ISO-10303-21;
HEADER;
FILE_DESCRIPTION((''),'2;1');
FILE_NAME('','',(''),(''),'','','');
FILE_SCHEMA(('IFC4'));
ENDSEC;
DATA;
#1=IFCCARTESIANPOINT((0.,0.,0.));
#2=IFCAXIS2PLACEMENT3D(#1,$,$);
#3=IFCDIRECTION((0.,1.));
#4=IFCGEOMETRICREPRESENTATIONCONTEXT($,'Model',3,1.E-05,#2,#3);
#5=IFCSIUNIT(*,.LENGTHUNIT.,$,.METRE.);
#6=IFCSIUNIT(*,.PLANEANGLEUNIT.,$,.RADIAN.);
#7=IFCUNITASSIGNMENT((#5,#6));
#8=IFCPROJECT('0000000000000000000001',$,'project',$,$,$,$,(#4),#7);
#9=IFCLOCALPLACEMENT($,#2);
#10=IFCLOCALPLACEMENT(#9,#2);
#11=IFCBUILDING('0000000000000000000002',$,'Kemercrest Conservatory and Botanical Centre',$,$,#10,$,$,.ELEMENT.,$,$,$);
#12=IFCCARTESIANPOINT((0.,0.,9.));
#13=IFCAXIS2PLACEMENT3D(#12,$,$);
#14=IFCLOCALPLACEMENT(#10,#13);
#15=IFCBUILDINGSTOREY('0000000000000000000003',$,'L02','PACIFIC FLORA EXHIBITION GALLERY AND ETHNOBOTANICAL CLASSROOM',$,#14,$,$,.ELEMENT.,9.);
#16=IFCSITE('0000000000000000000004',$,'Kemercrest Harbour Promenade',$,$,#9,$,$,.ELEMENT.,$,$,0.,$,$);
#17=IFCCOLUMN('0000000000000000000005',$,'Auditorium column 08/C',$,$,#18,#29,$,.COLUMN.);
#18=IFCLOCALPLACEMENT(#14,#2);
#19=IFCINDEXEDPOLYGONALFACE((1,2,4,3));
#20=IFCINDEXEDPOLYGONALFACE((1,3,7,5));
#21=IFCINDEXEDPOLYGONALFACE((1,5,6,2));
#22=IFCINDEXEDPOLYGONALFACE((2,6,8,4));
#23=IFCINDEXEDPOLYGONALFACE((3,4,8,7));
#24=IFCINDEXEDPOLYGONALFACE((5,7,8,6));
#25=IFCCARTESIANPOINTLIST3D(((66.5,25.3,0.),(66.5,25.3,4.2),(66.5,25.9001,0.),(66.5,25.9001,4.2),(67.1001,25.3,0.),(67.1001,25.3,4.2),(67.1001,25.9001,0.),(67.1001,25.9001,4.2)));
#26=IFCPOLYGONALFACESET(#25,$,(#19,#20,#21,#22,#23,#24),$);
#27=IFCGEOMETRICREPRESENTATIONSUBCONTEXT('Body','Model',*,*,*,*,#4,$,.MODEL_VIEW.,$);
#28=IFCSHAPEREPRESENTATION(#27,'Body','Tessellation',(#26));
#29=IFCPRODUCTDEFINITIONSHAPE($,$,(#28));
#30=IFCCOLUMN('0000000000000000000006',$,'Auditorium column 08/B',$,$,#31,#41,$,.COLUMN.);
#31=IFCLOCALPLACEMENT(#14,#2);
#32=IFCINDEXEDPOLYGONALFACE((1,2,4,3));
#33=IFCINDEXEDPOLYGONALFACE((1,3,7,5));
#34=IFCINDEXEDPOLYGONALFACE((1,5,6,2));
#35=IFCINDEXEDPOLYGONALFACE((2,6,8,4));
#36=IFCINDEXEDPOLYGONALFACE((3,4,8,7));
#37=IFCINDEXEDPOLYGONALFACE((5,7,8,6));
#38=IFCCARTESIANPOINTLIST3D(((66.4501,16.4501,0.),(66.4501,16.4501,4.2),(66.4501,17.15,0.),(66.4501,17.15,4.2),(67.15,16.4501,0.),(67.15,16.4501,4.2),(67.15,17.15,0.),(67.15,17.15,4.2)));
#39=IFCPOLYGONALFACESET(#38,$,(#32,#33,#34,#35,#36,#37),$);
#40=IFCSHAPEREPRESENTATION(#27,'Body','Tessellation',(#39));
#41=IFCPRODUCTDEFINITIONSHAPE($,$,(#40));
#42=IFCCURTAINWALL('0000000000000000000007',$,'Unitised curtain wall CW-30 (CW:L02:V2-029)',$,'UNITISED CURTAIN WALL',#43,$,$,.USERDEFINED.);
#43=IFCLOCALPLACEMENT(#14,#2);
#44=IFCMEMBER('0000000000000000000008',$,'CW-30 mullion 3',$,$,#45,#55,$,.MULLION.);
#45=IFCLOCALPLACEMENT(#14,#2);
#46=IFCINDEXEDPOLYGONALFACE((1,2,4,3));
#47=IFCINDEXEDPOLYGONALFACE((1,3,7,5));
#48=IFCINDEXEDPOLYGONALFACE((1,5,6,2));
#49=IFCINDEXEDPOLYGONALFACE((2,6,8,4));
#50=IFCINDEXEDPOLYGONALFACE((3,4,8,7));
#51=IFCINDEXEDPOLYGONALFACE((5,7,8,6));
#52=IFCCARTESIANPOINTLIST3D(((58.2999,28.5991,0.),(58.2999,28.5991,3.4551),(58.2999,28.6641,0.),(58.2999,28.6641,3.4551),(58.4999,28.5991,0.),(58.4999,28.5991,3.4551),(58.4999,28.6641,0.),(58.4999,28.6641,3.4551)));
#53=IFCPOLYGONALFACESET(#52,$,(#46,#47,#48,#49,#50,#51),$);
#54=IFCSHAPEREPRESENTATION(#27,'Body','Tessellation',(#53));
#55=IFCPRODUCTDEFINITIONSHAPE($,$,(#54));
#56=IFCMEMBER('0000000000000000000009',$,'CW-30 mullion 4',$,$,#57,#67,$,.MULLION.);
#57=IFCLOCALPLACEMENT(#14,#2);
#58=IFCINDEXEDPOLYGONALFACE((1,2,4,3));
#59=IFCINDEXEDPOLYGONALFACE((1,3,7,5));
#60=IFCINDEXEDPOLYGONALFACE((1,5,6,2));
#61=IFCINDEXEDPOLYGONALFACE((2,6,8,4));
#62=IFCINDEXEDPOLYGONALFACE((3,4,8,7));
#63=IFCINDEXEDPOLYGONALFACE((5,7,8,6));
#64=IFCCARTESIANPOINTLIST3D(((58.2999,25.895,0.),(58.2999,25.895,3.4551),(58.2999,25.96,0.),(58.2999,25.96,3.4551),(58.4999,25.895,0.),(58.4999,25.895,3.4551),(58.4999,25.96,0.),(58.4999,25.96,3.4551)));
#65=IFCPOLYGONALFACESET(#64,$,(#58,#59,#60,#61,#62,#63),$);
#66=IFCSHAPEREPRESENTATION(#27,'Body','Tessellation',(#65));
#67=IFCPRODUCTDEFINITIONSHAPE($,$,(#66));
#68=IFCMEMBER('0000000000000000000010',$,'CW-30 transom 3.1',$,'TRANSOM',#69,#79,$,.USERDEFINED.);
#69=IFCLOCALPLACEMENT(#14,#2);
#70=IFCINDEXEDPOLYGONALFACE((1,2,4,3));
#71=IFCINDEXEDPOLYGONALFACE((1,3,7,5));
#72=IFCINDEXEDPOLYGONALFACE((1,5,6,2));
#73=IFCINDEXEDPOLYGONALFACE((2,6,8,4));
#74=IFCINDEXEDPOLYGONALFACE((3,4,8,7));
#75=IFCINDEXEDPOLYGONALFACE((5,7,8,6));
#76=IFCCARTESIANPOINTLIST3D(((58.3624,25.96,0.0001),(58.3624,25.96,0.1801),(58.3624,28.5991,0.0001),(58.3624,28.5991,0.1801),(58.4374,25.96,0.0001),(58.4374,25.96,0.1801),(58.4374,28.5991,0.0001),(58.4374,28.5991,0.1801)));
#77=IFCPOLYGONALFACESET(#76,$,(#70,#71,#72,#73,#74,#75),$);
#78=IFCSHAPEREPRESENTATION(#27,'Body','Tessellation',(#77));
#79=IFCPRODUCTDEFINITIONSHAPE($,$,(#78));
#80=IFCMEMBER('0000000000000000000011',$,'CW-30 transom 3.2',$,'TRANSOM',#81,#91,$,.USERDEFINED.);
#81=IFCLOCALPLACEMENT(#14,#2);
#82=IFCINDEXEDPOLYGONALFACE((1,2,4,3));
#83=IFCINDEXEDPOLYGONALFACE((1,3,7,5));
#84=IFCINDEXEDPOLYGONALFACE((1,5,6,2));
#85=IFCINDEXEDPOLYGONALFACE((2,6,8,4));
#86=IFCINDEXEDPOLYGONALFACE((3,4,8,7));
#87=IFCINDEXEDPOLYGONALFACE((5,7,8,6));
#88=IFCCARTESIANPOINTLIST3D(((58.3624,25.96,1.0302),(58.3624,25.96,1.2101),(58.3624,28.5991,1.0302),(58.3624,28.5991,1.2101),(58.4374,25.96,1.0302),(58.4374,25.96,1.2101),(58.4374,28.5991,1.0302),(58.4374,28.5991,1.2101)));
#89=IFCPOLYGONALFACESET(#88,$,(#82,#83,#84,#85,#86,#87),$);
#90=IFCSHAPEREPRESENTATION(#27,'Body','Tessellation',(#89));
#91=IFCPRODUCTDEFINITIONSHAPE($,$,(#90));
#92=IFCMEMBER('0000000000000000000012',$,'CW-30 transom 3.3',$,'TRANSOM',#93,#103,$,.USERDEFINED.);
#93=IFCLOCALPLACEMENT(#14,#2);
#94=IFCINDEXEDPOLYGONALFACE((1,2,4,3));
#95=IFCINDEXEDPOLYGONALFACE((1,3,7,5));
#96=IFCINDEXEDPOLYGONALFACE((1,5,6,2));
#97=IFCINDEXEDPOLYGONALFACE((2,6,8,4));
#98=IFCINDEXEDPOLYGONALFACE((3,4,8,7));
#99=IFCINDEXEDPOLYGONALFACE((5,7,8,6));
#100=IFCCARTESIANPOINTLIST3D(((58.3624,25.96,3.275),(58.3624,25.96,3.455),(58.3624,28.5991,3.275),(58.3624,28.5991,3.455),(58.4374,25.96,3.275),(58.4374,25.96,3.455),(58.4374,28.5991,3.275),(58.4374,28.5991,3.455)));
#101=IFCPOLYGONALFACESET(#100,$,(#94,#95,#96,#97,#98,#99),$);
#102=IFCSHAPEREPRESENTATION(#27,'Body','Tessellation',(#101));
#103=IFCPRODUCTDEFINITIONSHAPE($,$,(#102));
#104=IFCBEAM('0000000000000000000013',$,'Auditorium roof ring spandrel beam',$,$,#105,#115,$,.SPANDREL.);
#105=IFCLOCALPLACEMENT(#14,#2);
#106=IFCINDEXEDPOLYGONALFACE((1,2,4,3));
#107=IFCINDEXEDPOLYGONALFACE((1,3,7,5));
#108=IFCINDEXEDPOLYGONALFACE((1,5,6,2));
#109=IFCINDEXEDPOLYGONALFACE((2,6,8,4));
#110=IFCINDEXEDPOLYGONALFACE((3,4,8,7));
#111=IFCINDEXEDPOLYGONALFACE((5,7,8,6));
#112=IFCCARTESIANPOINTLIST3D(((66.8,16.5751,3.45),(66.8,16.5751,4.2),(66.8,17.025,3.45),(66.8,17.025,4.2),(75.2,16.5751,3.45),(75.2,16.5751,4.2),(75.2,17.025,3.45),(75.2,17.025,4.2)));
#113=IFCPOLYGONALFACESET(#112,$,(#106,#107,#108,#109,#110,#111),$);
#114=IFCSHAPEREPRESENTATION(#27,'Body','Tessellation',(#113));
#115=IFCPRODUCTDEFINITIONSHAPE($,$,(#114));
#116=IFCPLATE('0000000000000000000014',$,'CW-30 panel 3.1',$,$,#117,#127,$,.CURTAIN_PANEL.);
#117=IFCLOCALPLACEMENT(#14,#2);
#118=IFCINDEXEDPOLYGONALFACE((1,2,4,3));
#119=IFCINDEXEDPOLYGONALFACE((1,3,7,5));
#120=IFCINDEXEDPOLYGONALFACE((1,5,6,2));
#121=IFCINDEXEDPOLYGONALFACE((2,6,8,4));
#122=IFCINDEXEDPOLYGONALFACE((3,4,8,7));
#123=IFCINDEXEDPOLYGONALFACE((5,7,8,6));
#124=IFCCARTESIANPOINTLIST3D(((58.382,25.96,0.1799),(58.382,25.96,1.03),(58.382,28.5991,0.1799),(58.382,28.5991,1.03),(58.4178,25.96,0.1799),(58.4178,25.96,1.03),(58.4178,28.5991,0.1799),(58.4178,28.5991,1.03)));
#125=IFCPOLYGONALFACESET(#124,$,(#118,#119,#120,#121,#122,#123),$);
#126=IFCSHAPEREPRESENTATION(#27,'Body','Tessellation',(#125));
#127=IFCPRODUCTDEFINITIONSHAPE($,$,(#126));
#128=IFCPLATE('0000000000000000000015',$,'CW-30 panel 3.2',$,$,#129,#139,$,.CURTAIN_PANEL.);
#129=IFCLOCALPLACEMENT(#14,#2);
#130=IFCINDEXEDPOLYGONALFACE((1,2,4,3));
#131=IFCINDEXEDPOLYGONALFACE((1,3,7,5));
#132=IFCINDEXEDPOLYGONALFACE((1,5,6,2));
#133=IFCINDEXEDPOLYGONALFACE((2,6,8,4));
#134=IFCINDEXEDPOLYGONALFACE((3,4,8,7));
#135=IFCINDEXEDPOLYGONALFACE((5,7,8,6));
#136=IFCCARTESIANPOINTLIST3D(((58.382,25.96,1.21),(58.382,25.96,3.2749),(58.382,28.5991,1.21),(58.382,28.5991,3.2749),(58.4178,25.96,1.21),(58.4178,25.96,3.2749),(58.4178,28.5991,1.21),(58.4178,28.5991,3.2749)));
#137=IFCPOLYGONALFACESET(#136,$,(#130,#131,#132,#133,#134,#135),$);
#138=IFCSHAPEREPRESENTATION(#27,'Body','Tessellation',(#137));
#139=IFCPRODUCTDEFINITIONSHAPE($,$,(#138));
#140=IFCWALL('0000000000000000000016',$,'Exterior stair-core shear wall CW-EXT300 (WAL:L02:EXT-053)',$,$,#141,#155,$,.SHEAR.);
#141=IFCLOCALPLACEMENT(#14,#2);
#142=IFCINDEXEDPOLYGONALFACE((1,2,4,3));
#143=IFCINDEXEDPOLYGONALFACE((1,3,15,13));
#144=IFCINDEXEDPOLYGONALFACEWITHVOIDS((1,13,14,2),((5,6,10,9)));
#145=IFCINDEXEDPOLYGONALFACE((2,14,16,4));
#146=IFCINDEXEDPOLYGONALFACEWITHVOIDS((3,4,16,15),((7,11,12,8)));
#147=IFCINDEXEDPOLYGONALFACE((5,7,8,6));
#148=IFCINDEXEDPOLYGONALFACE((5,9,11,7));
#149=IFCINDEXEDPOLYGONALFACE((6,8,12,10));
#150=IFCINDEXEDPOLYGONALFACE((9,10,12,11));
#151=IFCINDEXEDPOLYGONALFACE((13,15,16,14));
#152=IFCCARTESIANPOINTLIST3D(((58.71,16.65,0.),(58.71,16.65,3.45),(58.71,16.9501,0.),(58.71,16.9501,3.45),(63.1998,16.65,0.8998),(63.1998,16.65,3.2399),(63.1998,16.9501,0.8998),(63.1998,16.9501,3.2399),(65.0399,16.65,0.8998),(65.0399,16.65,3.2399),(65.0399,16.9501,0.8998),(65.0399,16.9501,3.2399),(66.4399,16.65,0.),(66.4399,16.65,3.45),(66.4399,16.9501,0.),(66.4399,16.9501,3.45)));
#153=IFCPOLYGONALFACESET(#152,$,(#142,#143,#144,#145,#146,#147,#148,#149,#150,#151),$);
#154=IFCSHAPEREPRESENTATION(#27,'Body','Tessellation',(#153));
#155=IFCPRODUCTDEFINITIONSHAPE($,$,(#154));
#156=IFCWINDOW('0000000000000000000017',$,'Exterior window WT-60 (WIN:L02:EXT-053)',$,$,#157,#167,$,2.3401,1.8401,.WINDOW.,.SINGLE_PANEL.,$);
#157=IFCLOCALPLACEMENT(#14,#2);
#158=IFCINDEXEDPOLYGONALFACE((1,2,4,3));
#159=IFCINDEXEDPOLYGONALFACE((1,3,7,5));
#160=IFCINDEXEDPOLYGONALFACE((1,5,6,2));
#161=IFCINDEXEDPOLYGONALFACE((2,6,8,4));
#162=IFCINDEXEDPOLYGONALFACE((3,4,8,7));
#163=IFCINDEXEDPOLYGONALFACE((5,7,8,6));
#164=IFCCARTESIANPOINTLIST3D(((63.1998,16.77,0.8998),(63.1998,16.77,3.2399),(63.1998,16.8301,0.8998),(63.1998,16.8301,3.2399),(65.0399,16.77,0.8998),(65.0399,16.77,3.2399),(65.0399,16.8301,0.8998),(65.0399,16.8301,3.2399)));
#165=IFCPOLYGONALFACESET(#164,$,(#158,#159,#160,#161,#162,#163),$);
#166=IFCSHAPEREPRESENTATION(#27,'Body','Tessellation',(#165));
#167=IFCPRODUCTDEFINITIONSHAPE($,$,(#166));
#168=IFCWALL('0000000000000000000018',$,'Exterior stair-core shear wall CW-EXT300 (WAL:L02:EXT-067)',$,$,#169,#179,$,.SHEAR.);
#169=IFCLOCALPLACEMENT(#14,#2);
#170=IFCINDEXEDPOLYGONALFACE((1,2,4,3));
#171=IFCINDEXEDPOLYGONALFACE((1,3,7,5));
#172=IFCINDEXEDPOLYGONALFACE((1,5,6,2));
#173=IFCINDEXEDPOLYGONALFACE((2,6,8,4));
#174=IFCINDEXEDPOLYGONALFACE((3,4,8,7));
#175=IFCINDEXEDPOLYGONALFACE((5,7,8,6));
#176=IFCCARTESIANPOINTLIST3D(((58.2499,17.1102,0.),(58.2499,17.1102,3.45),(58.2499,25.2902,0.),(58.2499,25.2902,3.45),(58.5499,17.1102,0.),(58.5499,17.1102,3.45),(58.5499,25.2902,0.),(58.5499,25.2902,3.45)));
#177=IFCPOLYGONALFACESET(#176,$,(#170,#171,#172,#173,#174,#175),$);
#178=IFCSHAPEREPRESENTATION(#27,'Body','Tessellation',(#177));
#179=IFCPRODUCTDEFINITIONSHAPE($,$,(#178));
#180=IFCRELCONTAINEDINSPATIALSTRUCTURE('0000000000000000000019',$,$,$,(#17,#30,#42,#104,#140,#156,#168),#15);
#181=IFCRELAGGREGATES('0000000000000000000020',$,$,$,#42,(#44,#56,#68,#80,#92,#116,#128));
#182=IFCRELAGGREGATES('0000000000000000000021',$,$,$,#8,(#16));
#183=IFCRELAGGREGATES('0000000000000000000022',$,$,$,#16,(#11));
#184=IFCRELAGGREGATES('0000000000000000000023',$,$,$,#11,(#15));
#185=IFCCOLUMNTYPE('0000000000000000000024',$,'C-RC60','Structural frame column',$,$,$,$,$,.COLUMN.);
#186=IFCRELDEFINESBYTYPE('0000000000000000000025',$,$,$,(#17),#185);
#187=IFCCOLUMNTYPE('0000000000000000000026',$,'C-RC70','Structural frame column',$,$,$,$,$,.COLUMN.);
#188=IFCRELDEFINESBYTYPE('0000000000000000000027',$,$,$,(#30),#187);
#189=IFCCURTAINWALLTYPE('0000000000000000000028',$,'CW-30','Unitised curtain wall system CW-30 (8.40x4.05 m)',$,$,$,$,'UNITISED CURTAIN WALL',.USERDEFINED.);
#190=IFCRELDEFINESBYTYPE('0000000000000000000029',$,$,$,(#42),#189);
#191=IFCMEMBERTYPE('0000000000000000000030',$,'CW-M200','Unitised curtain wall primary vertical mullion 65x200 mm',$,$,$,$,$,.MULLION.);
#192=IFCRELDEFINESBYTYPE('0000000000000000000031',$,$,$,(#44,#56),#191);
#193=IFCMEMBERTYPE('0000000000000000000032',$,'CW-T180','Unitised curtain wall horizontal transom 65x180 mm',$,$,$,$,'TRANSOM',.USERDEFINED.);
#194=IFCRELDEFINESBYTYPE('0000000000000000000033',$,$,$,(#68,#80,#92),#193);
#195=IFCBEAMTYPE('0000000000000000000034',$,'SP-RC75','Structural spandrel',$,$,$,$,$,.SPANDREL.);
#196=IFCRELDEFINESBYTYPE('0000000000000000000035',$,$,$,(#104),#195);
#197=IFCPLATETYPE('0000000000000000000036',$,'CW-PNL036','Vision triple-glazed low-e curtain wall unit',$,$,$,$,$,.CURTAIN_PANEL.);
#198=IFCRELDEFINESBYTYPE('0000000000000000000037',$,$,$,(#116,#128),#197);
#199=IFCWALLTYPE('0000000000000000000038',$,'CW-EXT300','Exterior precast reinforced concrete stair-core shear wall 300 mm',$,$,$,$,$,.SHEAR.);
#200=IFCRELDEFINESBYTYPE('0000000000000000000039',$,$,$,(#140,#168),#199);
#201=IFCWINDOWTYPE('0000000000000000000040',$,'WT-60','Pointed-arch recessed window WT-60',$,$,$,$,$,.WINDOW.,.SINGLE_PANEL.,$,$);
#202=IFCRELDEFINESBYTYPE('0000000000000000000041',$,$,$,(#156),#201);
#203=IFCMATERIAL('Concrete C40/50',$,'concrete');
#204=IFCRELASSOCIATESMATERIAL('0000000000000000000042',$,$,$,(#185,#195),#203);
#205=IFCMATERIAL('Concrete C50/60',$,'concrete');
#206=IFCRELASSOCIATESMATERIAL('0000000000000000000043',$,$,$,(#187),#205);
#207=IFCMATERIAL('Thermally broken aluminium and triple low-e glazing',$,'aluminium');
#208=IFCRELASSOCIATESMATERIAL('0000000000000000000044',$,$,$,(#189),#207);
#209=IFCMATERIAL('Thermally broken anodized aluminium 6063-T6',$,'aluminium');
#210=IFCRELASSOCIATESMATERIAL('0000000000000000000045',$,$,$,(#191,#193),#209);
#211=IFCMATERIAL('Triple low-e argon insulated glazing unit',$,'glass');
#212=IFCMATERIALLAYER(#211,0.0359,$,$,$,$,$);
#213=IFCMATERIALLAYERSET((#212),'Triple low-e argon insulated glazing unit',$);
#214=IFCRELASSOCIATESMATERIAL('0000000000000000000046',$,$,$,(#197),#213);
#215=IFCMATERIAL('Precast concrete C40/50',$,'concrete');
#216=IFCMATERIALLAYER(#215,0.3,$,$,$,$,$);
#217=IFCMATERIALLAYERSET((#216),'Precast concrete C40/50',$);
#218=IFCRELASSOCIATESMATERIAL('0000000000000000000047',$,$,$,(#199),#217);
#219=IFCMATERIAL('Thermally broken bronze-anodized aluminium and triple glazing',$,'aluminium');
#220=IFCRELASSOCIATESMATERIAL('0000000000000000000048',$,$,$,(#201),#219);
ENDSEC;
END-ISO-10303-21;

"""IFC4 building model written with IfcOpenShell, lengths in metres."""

from ifc_helpers import new_model, si_unit, direction, frame, frame_2d, origin, origin_2d, place, context, subcontext, project, spatial, rectangle, extrude, material, layer, layer_set, material_profile, profile_set, type_object, element, fill, aggregate, save


model = new_model("IFC4")

# Units and contexts
model_context = context("Model", 3, precision=1e-05, world=origin(), true_north=direction((0.0, 1.0)))
body_context = subcontext(model_context, "Body", "Model", "MODEL_VIEW")
ifc_project = project(units=[si_unit("LENGTHUNIT", "METRE"), si_unit("PLANEANGLEUNIT", "RADIAN")], contexts=[model_context])

# Site, building, storey
site_placement = place(None, origin())
site = spatial("IfcSite", under=ifc_project, at=site_placement, Name="Kemercrest Harbour Promenade", CompositionType="ELEMENT", RefElevation=0.0)
building_placement = place(site_placement, origin())
building = spatial("IfcBuilding", under=site, at=building_placement, Name="Kemercrest Conservatory and Botanical Centre", CompositionType="ELEMENT")
storey_placement = place(building_placement, frame((0.0, 0.0, 9.0)))
storey = spatial("IfcBuildingStorey", under=building, at=storey_placement, Name="L02", Description="PACIFIC FLORA EXHIBITION GALLERY AND ETHNOBOTANICAL CLASSROOM", CompositionType="ELEMENT", Elevation=9.0)

# Columns
ifc_material_1 = material(Name="Concrete C40/50", Category="concrete")
ifc_material_profile_1 = material_profile(ifc_material_1, rectangle(XDim=0.6001, YDim=0.6001, at=origin_2d()), Name="RC 600x600")
ifc_profile_set_1 = profile_set([ifc_material_profile_1], Name="Concrete C40/50")
column_type_1 = type_object("IfcColumnType", Name="C-RC60", Description="Structural frame column", PredefinedType="COLUMN", material=ifc_profile_set_1)
column_1_placement = place(storey_placement, frame((66.8, 25.6001, 0.0), z_axis=(0.0, 0.0, 1.0), x_axis=(1.0, 0.0, 0.0)))
element("IfcColumn", 1, at=column_1_placement, inside=storey, type_object=column_type_1, Name="Auditorium column 08/C", PredefinedType="COLUMN", context=body_context, shape_type="SweptSolid", body=[
    extrude(rectangle(XDim=0.6001, YDim=0.6001, at=origin_2d()), origin(), (0.0, 0.0, 1.0), 4.2),
])
ifc_material_2 = material(Name="Concrete C50/60", Category="concrete")
ifc_material_profile_2 = material_profile(ifc_material_2, rectangle(XDim=0.7, YDim=0.7, at=origin_2d()), Name="RC 700x700")
ifc_profile_set_2 = profile_set([ifc_material_profile_2], Name="Concrete C50/60")
column_type_2 = type_object("IfcColumnType", Name="C-RC70", Description="Structural frame column", PredefinedType="COLUMN", material=ifc_profile_set_2)
column_2_placement = place(storey_placement, frame((66.8, 16.8, 0.0), z_axis=(0.0, 0.0, 1.0), x_axis=(1.0, 0.0, 0.0)))
element("IfcColumn", 2, at=column_2_placement, inside=storey, type_object=column_type_2, Name="Auditorium column 08/B", PredefinedType="COLUMN", context=body_context, shape_type="SweptSolid", body=[
    extrude(rectangle(XDim=0.7, YDim=0.7, at=origin_2d()), origin(), (0.0, 0.0, 1.0), 4.2),
])

# Curtain wall, members
ifc_material_3 = material(Name="Thermally broken aluminium and triple low-e glazing", Category="aluminium")
curtain_wall_type = type_object("IfcCurtainWallType", Name="CW-30", Description="Unitised curtain wall system CW-30 (8.40x4.05 m)", ElementType="UNITISED CURTAIN WALL", PredefinedType="USERDEFINED", material=ifc_material_3)
curtain_wall_placement = place(storey_placement, origin())
curtain_wall = element("IfcCurtainWall", 3, at=curtain_wall_placement, inside=storey, type_object=curtain_wall_type, Name="Unitised curtain wall CW-30 (CW:L02:V2-029)", ObjectType="UNITISED CURTAIN WALL", PredefinedType="USERDEFINED")
ifc_material_4 = material(Name="Thermally broken anodized aluminium 6063-T6", Category="aluminium")
ifc_material_profile_3 = material_profile(ifc_material_4, rectangle(XDim=0.2, YDim=0.0649, at=origin_2d()), Name="AL MULLION 65x200")
ifc_profile_set_3 = profile_set([ifc_material_profile_3], Name="Thermally broken anodized aluminium 6063-T6")
member_type_1 = type_object("IfcMemberType", Name="CW-M200", Description="Unitised curtain wall primary vertical mullion 65x200 mm", PredefinedType="MULLION", material=ifc_profile_set_3)
member_1_placement = place(storey_placement, frame((58.3999, 28.6316, 0.0), z_axis=(0.0, 0.0, 1.0), x_axis=(1.0, 0.0, 0.0)))
member_1 = element("IfcMember", 4, at=member_1_placement, type_object=member_type_1, Name="CW-30 mullion 3", PredefinedType="MULLION", context=body_context, shape_type="SweptSolid", body=[
    extrude(rectangle(XDim=0.2, YDim=0.0649, at=origin_2d()), origin(), (0.0, 0.0, 1.0), 3.4551),
])
member_2_placement = place(storey_placement, frame((58.3999, 25.9275, 0.0), z_axis=(0.0, 0.0, 1.0), x_axis=(1.0, 0.0, 0.0)))
member_2 = element("IfcMember", 5, at=member_2_placement, type_object=member_type_1, Name="CW-30 mullion 4", PredefinedType="MULLION", context=body_context, shape_type="SweptSolid", body=[
    extrude(rectangle(XDim=0.2, YDim=0.0649, at=origin_2d()), origin(), (0.0, 0.0, 1.0), 3.4551),
])
ifc_material_profile_4 = material_profile(ifc_material_4, rectangle(XDim=0.075, YDim=0.1799, at=origin_2d()), Name="AL TRANSOM 75x180")
ifc_profile_set_4 = profile_set([ifc_material_profile_4], Name="Thermally broken anodized aluminium 6063-T6")
member_type_2 = type_object("IfcMemberType", Name="CW-T180", Description="Unitised curtain wall horizontal transom 65x180 mm", ElementType="TRANSOM", PredefinedType="USERDEFINED", material=ifc_profile_set_4)
member_3_placement = place(storey_placement, frame((58.3999, 28.5991, 0.0901), z_axis=(0.0, -1.0, 0.0), x_axis=(1.0, 0.0, 0.0)))
member_3 = element("IfcMember", 6, at=member_3_placement, type_object=member_type_2, Name="CW-30 transom 3.1", ObjectType="TRANSOM", PredefinedType="USERDEFINED", context=body_context, shape_type="SweptSolid", body=[
    extrude(rectangle(XDim=0.075, YDim=0.1799, at=origin_2d()), origin(), (0.0, 0.0, 1.0), 2.6392),
])
member_4_placement = place(storey_placement, frame((58.3999, 28.5991, 1.1201), z_axis=(0.0, -1.0, 0.0), x_axis=(1.0, 0.0, 0.0)))
member_4 = element("IfcMember", 7, at=member_4_placement, type_object=member_type_2, Name="CW-30 transom 3.2", ObjectType="TRANSOM", PredefinedType="USERDEFINED", context=body_context, shape_type="SweptSolid", body=[
    extrude(rectangle(XDim=0.075, YDim=0.1799, at=origin_2d()), origin(), (0.0, 0.0, 1.0), 2.6392),
])
member_5_placement = place(storey_placement, frame((58.3999, 28.5991, 3.365), z_axis=(0.0, -1.0, 0.0), x_axis=(1.0, 0.0, 0.0)))
member_5 = element("IfcMember", 8, at=member_5_placement, type_object=member_type_2, Name="CW-30 transom 3.3", ObjectType="TRANSOM", PredefinedType="USERDEFINED", context=body_context, shape_type="SweptSolid", body=[
    extrude(rectangle(XDim=0.075, YDim=0.1799, at=origin_2d()), origin(), (0.0, 0.0, 1.0), 2.6392),
])

# Beam
ifc_material_profile_5 = material_profile(ifc_material_1, rectangle(XDim=0.45, YDim=0.75, at=origin_2d()), Name="RC 450x750")
ifc_profile_set_5 = profile_set([ifc_material_profile_5], Name="Concrete C40/50")
beam_type = type_object("IfcBeamType", Name="SP-RC75", Description="Structural spandrel", PredefinedType="SPANDREL", material=ifc_profile_set_5)
beam_placement = place(storey_placement, frame((66.8, 16.8, 3.825), z_axis=(1.0, 0.0, 0.0), x_axis=(0.0, 1.0, 0.0)))
element("IfcBeam", 9, at=beam_placement, inside=storey, type_object=beam_type, Name="Auditorium roof ring spandrel beam", PredefinedType="SPANDREL", context=body_context, shape_type="SweptSolid", body=[
    extrude(rectangle(XDim=0.45, YDim=0.75, at=origin_2d()), origin(), (0.0, 0.0, 1.0), 8.3999),
])

# Plates
ifc_material_5 = material(Name="Triple low-e argon insulated glazing unit", Category="glass")
ifc_layer_1 = layer(ifc_material_5, 0.0359)
ifc_layer_set_1 = layer_set([ifc_layer_1], Name="Triple low-e argon insulated glazing unit")
plate_type = type_object("IfcPlateType", Name="CW-PNL036", Description="Vision triple-glazed low-e curtain wall unit", PredefinedType="CURTAIN_PANEL", material=ifc_layer_set_1)
plate_1_placement = place(storey_placement, frame((58.3999, 27.2795, 0.1799), z_axis=(0.0, 0.0, 1.0), x_axis=(0.0, -1.0, 0.0)))
plate_1 = element("IfcPlate", 10, at=plate_1_placement, type_object=plate_type, Name="CW-30 panel 3.1", PredefinedType="CURTAIN_PANEL", context=body_context, shape_type="SweptSolid", body=[
    extrude(rectangle(XDim=2.6392, YDim=0.0359, at=origin_2d()), origin(), (0.0, 0.0, 1.0), 0.8501),
])
plate_2_placement = place(storey_placement, frame((58.3999, 27.2795, 1.21), z_axis=(0.0, 0.0, 1.0), x_axis=(0.0, -1.0, 0.0)))
plate_2 = element("IfcPlate", 11, at=plate_2_placement, type_object=plate_type, Name="CW-30 panel 3.2", PredefinedType="CURTAIN_PANEL", context=body_context, shape_type="SweptSolid", body=[
    extrude(rectangle(XDim=2.6392, YDim=0.0359, at=origin_2d()), origin(), (0.0, 0.0, 1.0), 2.0649),
])
aggregate(curtain_wall, [member_1, member_2, member_3, member_4, member_5, plate_1, plate_2])

# Wall, opening, window
ifc_material_6 = material(Name="Precast concrete C40/50", Category="concrete")
ifc_layer_2 = layer(ifc_material_6, 0.3)
ifc_layer_set_2 = layer_set([ifc_layer_2], Name="Precast concrete C40/50")
wall_type_1 = type_object("IfcWallType", Name="CW-EXT300", Description="Exterior precast reinforced concrete stair-core shear wall 300 mm", PredefinedType="SHEAR", material=ifc_layer_set_2)
wall_1_placement = place(storey_placement, frame((58.71, 16.8, 0.0), z_axis=(0.0, 0.0, 1.0), x_axis=(1.0, 0.0, 0.0)))
wall_1 = element("IfcWall", 12, at=wall_1_placement, inside=storey, type_object=wall_type_1, Name="Exterior stair-core shear wall CW-EXT300 (WAL:L02:EXT-053)", PredefinedType="SHEAR", context=body_context, shape_type="SweptSolid", body=[
    extrude(rectangle(XDim=7.73, YDim=0.3, at=frame_2d((3.865, 0.0))), origin(), (0.0, 0.0, 1.0), 3.45),
])
opening_placement = place(wall_1_placement, frame((4.49, 0.0, 0.8999)))
opening = element("IfcOpeningElement", 13, at=opening_placement, cuts=wall_1, PredefinedType="OPENING", context=body_context, shape_type="SweptSolid", body=[
    extrude(rectangle(XDim=1.8401, YDim=2.3401, at=frame_2d((0.9199, 1.1699))), frame((0.0, 0.1602, 0.0), z_axis=(0.0, -1.0, 0.0), x_axis=(1.0, 0.0, 0.0)), (0.0, 0.0, 1.0), 0.3201),
])
ifc_material_7 = material(Name="Thermally broken bronze-anodized aluminium and triple glazing", Category="aluminium")
window_type = type_object("IfcWindowType", Name="WT-60", Description="Pointed-arch recessed window WT-60", PartitioningType="SINGLE_PANEL", PredefinedType="WINDOW", material=ifc_material_7)
window_placement = place(opening_placement, origin())
window = element("IfcWindow", 14, at=window_placement, inside=storey, type_object=window_type, Name="Exterior window WT-60 (WIN:L02:EXT-053)", OverallHeight=2.3401, OverallWidth=1.8401, PartitioningType="SINGLE_PANEL", PredefinedType="WINDOW", context=body_context, shape_type="SweptSolid", body=[
    extrude(rectangle(XDim=1.8401, YDim=2.3401, at=frame_2d((0.9199, 1.1699))), frame((0.0, 0.03, 0.0), z_axis=(0.0, -1.0, 0.0), x_axis=(1.0, 0.0, 0.0)), (0.0, 0.0, 1.0), 0.0601),
])
fill(opening, window)

# Wall
wall_2_placement = place(storey_placement, frame((58.3999, 25.29, 0.0), z_axis=(0.0, 0.0, 1.0), x_axis=(0.0, -1.0, 0.0)))
element("IfcWall", 15, at=wall_2_placement, inside=storey, type_object=wall_type_1, Name="Exterior stair-core shear wall CW-EXT300 (WAL:L02:EXT-067)", PredefinedType="SHEAR", context=body_context, shape_type="SweptSolid", body=[
    extrude(rectangle(XDim=8.1799, YDim=0.3, at=frame_2d((4.0898, 0.0))), origin(), (0.0, 0.0, 1.0), 3.45),
])

save(model, "model.ifc")
